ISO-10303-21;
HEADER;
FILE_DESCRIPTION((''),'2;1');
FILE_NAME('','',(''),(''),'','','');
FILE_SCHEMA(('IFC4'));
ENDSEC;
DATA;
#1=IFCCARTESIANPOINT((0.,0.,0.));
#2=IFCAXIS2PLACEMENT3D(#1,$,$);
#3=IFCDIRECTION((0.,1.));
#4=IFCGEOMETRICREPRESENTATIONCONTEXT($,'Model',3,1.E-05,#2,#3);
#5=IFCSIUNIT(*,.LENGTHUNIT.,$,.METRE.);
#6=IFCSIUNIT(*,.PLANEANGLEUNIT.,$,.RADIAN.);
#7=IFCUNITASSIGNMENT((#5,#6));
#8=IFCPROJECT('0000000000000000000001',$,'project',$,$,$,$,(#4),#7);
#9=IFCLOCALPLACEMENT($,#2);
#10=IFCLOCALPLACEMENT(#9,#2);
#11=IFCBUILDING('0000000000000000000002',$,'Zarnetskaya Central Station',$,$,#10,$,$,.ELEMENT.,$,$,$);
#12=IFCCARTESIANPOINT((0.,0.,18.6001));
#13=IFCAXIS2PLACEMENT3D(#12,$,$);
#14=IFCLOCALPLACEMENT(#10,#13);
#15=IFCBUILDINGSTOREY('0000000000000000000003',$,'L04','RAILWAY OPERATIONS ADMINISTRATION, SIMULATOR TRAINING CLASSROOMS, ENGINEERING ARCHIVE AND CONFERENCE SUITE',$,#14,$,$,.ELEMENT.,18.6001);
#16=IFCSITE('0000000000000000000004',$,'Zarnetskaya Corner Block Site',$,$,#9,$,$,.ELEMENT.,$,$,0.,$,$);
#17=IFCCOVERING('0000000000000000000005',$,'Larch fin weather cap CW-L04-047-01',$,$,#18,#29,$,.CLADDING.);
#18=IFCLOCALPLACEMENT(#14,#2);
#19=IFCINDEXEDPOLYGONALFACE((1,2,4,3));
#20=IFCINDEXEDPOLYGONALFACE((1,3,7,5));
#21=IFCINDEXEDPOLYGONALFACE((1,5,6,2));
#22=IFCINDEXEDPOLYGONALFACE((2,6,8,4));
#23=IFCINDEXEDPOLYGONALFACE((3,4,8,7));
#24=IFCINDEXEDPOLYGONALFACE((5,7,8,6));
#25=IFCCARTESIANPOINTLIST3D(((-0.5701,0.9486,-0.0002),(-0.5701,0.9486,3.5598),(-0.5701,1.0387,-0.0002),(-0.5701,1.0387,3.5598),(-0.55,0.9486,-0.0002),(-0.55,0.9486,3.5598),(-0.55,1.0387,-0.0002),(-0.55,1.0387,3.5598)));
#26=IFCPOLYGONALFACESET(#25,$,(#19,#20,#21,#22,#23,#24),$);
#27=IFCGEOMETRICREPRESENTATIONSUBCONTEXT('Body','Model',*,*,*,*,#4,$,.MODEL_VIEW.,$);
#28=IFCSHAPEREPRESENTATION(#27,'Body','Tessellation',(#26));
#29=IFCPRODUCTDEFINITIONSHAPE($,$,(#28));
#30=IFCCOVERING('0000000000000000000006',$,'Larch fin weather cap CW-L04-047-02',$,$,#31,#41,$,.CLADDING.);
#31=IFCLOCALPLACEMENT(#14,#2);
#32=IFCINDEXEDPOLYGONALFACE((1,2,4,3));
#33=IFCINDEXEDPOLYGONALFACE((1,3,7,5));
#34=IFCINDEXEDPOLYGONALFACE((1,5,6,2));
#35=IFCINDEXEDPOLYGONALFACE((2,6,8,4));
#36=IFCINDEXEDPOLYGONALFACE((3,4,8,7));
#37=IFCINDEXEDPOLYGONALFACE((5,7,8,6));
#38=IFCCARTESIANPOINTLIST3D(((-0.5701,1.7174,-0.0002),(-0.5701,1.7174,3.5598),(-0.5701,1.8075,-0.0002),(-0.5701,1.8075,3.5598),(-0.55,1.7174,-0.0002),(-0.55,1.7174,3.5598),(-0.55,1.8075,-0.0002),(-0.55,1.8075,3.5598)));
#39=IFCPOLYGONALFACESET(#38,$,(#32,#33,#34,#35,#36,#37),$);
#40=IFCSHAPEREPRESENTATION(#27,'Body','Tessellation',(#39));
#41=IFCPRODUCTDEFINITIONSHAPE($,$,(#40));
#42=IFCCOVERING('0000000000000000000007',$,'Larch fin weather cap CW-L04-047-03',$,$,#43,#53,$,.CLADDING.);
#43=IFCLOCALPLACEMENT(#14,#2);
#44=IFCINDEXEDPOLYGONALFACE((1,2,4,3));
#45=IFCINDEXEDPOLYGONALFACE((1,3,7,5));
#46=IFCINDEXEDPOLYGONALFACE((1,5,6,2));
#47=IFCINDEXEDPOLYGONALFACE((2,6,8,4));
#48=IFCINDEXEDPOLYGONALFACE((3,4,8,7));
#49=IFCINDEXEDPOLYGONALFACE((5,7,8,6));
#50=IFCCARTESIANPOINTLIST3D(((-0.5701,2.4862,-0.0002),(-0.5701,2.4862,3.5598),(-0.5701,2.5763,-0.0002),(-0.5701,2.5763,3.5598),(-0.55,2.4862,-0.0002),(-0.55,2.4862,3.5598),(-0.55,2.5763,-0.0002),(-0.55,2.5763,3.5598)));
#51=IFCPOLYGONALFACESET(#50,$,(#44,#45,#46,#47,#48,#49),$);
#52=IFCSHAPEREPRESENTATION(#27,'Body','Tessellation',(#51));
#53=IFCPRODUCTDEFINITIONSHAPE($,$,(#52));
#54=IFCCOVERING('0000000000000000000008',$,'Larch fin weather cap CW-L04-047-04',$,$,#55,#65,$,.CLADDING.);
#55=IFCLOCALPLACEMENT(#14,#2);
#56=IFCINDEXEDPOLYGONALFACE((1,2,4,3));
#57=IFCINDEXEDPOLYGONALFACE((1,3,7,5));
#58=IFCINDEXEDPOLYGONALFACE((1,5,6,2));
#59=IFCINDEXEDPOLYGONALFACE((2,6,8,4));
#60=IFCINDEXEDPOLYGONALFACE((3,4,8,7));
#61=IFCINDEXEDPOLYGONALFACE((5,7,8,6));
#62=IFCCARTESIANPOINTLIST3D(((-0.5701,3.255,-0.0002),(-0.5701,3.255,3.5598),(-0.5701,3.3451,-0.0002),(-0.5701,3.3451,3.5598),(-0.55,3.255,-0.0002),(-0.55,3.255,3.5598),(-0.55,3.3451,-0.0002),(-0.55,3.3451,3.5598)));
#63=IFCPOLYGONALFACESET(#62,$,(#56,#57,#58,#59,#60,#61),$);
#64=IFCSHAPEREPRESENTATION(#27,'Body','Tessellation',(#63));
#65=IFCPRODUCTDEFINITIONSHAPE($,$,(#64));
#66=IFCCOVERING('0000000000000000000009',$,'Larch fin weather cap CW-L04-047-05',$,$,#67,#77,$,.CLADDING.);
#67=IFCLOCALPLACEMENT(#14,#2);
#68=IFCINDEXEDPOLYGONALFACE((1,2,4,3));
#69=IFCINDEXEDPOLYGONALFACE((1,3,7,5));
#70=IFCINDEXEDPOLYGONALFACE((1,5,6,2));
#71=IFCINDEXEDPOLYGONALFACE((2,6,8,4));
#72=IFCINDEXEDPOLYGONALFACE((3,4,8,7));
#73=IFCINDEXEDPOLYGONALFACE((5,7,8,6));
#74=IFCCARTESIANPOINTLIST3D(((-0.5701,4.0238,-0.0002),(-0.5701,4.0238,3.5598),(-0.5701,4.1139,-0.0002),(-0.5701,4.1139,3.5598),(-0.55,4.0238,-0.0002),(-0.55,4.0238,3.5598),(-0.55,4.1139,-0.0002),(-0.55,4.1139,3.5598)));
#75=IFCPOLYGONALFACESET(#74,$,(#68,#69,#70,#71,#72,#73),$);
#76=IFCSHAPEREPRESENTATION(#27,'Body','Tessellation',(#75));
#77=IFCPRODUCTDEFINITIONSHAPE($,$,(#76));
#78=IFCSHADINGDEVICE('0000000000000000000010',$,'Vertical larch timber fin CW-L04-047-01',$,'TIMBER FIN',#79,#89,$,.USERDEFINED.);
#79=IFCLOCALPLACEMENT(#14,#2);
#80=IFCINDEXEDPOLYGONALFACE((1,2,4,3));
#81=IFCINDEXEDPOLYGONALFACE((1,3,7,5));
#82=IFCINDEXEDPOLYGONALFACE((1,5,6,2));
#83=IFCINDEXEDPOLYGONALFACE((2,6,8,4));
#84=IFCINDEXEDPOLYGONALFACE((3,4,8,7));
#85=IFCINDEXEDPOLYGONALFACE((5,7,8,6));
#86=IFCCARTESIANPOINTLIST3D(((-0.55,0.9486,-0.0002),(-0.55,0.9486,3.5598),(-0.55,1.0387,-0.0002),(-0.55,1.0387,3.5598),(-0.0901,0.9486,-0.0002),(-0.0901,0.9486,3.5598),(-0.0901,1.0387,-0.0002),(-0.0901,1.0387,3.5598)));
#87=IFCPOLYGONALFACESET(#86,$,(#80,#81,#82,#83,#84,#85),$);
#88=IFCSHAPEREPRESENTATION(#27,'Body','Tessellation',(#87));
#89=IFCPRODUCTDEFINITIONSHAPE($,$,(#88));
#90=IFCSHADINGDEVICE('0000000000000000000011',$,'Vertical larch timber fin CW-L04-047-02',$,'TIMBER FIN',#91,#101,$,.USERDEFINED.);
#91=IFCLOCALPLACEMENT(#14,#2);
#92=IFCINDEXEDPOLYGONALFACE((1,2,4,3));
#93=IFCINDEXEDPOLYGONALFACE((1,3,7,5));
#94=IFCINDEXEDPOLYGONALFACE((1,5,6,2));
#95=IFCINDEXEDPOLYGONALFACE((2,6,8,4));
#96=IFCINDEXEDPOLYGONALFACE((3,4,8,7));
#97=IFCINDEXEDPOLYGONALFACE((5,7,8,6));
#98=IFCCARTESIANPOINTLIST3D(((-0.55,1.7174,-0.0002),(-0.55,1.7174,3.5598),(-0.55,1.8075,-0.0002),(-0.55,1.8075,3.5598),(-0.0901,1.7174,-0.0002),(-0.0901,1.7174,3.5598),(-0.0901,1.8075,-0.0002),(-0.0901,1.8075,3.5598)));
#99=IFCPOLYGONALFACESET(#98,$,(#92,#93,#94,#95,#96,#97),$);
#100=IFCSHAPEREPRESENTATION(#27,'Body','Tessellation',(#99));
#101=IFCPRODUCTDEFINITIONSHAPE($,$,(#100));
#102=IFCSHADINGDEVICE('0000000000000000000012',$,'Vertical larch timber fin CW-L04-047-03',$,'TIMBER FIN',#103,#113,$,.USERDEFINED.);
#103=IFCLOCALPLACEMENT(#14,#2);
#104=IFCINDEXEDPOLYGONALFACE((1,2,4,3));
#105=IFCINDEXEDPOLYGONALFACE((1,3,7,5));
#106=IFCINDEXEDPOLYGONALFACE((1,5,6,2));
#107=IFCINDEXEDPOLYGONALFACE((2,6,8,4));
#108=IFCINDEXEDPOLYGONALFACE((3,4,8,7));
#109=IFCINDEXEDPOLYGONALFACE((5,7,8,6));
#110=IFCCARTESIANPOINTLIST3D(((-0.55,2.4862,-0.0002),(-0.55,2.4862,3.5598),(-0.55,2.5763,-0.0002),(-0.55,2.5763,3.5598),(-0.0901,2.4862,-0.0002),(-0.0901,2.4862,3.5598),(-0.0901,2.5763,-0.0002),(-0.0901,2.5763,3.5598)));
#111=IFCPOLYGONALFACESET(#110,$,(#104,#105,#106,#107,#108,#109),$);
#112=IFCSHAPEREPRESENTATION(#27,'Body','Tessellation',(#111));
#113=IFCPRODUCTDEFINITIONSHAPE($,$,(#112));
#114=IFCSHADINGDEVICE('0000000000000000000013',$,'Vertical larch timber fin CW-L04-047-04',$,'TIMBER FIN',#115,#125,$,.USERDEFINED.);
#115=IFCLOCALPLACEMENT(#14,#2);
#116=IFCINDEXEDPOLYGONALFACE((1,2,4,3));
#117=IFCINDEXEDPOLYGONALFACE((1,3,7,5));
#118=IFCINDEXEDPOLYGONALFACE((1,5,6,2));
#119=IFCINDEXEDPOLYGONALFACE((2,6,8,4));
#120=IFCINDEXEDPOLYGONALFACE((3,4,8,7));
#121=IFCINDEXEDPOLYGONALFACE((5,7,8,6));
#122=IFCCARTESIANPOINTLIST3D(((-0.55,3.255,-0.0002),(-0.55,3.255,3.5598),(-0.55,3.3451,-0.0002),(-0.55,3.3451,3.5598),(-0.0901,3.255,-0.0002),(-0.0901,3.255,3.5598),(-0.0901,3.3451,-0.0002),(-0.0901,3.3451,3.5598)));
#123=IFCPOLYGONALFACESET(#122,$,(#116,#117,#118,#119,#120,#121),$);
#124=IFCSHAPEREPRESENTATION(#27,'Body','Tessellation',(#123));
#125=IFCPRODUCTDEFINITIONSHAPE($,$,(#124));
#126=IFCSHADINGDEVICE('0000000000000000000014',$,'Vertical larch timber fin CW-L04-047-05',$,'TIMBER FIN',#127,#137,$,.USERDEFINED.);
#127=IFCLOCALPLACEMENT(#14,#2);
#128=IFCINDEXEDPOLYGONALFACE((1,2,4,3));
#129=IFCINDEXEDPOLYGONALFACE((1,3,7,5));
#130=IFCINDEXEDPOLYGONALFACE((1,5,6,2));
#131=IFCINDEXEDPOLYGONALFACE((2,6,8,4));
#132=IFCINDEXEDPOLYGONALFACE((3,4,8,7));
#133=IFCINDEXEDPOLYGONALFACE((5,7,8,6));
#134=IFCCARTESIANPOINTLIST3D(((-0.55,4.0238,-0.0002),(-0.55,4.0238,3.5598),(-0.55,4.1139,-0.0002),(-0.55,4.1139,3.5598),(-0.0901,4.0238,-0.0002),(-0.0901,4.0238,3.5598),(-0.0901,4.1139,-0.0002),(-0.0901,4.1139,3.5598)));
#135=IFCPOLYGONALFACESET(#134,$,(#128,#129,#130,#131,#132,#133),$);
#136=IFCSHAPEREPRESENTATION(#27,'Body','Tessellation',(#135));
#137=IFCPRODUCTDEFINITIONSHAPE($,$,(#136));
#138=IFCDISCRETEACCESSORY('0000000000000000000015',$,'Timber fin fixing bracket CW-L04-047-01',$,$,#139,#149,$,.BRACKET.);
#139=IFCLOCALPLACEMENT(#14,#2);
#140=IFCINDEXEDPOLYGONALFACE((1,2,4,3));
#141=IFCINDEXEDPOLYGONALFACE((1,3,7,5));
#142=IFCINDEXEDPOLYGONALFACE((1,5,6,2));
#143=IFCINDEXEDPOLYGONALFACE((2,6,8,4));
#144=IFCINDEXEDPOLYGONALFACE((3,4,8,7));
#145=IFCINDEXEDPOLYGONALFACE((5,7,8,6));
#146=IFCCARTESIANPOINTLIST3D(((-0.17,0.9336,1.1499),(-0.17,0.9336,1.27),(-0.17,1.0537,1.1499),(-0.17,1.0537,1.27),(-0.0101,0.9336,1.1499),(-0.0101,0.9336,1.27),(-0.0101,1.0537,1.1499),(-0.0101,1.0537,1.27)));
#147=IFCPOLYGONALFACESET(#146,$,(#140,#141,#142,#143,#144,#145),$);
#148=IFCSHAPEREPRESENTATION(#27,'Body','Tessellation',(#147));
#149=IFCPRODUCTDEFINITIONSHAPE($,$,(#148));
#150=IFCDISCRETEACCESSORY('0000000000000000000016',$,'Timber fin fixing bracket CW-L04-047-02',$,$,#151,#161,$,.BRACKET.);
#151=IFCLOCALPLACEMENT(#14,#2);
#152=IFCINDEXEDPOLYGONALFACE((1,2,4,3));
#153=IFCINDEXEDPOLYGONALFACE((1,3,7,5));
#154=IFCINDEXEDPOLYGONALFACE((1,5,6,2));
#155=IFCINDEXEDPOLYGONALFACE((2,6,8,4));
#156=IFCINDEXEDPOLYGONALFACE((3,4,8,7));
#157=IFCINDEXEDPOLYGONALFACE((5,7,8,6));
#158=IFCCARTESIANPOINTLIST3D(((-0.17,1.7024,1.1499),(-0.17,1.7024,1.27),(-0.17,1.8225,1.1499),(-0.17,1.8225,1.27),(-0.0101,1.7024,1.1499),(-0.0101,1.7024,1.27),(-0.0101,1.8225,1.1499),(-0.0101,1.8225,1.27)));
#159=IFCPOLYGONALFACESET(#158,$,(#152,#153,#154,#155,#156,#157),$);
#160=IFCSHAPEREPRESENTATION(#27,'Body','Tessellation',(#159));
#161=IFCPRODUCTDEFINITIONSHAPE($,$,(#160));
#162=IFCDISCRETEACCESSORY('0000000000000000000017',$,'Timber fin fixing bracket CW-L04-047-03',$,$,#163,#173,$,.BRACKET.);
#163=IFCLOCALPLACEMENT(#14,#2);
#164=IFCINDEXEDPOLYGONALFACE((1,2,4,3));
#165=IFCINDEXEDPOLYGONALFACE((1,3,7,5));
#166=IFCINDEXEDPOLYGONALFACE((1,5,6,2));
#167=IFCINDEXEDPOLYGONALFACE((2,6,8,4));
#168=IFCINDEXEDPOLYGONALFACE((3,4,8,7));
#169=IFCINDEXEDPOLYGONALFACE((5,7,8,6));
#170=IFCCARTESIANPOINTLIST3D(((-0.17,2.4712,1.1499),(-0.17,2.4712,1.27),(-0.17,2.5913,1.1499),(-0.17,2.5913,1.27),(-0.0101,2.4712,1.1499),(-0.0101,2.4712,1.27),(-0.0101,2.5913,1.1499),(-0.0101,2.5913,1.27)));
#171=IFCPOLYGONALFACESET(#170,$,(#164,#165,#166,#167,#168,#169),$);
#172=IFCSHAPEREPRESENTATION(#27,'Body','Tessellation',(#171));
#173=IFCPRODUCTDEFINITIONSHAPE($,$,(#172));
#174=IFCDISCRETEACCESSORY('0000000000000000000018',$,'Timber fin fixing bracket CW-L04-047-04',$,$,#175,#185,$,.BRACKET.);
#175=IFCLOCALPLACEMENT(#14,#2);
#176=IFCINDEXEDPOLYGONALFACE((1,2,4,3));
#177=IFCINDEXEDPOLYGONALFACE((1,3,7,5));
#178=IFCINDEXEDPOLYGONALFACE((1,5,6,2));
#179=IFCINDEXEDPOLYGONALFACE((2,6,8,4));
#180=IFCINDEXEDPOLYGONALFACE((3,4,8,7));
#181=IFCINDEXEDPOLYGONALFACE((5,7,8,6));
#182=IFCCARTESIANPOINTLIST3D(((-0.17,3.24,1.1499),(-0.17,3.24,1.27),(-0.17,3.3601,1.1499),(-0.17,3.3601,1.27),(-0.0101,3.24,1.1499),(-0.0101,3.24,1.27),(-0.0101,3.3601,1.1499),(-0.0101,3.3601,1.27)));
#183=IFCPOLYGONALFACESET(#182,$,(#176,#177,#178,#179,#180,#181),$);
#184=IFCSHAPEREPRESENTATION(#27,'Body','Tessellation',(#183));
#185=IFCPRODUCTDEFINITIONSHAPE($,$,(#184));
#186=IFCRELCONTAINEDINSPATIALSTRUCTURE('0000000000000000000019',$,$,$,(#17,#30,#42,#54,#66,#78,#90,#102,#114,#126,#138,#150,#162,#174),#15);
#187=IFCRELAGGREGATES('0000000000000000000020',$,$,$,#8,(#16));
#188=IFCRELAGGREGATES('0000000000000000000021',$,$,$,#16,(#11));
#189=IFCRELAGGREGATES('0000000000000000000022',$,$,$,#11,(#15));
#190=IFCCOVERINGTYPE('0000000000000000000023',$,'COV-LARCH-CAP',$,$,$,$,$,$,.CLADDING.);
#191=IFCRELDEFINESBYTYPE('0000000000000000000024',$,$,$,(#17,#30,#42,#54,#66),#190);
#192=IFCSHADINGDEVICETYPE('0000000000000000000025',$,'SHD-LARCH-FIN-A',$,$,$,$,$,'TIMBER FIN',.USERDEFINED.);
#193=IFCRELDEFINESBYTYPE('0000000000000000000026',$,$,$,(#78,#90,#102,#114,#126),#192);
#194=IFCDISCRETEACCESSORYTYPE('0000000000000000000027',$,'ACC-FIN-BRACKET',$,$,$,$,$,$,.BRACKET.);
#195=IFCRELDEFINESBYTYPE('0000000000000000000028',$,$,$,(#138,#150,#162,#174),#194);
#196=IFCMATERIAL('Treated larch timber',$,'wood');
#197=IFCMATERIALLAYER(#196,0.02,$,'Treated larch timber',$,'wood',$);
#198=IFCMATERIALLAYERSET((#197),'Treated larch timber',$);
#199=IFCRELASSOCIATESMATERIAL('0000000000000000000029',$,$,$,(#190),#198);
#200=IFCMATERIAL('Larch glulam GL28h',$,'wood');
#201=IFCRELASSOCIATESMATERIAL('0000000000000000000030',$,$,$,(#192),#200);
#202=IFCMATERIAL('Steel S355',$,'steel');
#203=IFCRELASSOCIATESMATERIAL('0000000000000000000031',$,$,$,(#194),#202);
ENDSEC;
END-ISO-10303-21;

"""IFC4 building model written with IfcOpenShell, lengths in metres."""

from ifc_helpers import new_model, si_unit, direction, frame, origin, origin_2d, place, context, subcontext, project, spatial, rectangle, extrude, material, layer, layer_set, type_object, element, save


model = new_model("IFC4")

# Units and contexts
model_context = context("Model", 3, precision=1e-05, world=origin(), true_north=direction((0.0, 1.0)))
body_context = subcontext(model_context, "Body", "Model", "MODEL_VIEW")
ifc_project = project(units=[si_unit("LENGTHUNIT", "METRE"), si_unit("PLANEANGLEUNIT", "RADIAN")], contexts=[model_context])

# Site, building, storey
site_placement = place(None, origin())
site = spatial("IfcSite", under=ifc_project, at=site_placement, Name="Zarnetskaya Corner Block Site", CompositionType="ELEMENT", RefElevation=0.0)
building_placement = place(site_placement, origin())
building = spatial("IfcBuilding", under=site, at=building_placement, Name="Zarnetskaya Central Station", CompositionType="ELEMENT")
storey_placement = place(building_placement, frame((0.0, 0.0, 18.6001)))
storey = spatial("IfcBuildingStorey", under=building, at=storey_placement, Name="L04", Description="RAILWAY OPERATIONS ADMINISTRATION, SIMULATOR TRAINING CLASSROOMS, ENGINEERING ARCHIVE AND CONFERENCE SUITE", CompositionType="ELEMENT", Elevation=18.6001)

# Shared definitions
ifc_material_1 = material(Name="Steel S355", Category="steel")

# Coverings
ifc_material_2 = material(Name="Treated larch timber", Category="wood")
ifc_layer_1 = layer(ifc_material_2, 0.02, Name="Treated larch timber", Category="wood")
ifc_layer_set_1 = layer_set([ifc_layer_1], Name="Treated larch timber")
covering_type = type_object("IfcCoveringType", Name="COV-LARCH-CAP", PredefinedType="CLADDING", material=ifc_layer_set_1)
for number, where, z_axis, x_axis, name in (
    (1, (-0.5601, 0.9937, -0.0002), (0.0, 0.0, 1.0), (0.0, 1.0, 0.0), "Larch fin weather cap CW-L04-047-01"),
    (2, (-0.5601, 1.7625, -0.0002), (0.0, 0.0, 1.0), (0.0, 1.0, 0.0), "Larch fin weather cap CW-L04-047-02"),
    (3, (-0.5601, 2.5312, -0.0002), (0.0, 0.0, 1.0), (0.0, 1.0, 0.0), "Larch fin weather cap CW-L04-047-03"),
    (4, (-0.5601, 3.3, -0.0002), (0.0, 0.0, 1.0), (0.0, 1.0, 0.0), "Larch fin weather cap CW-L04-047-04"),
    (5, (-0.5601, 4.0688, -0.0002), (0.0, 0.0, 1.0), (0.0, 1.0, 0.0), "Larch fin weather cap CW-L04-047-05"),
):
    element("IfcCovering", number, at=place(storey_placement, frame(where, z_axis=z_axis, x_axis=x_axis)), inside=storey, type_object=covering_type, Name=name, PredefinedType="CLADDING", context=body_context, shape_type="SweptSolid", body=[
        extrude(rectangle(XDim=0.0901, YDim=0.02, at=origin_2d()), origin(), (0.0, 0.0, 1.0), 3.5601),
    ])

# Shading devices
ifc_material_3 = material(Name="Larch glulam GL28h", Category="wood")
shading_device_type = type_object("IfcShadingDeviceType", Name="SHD-LARCH-FIN-A", ElementType="TIMBER FIN", PredefinedType="USERDEFINED", material=ifc_material_3)
for number, where, z_axis, x_axis, name in (
    (6, (-0.3201, 0.9937, -0.0002), (0.0, 0.0, 1.0), (0.0, 1.0, 0.0), "Vertical larch timber fin CW-L04-047-01"),
    (7, (-0.3201, 1.7625, -0.0002), (0.0, 0.0, 1.0), (0.0, 1.0, 0.0), "Vertical larch timber fin CW-L04-047-02"),
    (8, (-0.3201, 2.5312, -0.0002), (0.0, 0.0, 1.0), (0.0, 1.0, 0.0), "Vertical larch timber fin CW-L04-047-03"),
    (9, (-0.3201, 3.3, -0.0002), (0.0, 0.0, 1.0), (0.0, 1.0, 0.0), "Vertical larch timber fin CW-L04-047-04"),
    (10, (-0.3201, 4.0688, -0.0002), (0.0, 0.0, 1.0), (0.0, 1.0, 0.0), "Vertical larch timber fin CW-L04-047-05"),
):
    element("IfcShadingDevice", number, at=place(storey_placement, frame(where, z_axis=z_axis, x_axis=x_axis)), inside=storey, type_object=shading_device_type, Name=name, ObjectType="TIMBER FIN", PredefinedType="USERDEFINED", context=body_context, shape_type="SweptSolid", body=[
        extrude(rectangle(XDim=0.0901, YDim=0.46, at=origin_2d()), origin(), (0.0, 0.0, 1.0), 3.5601),
    ])

# Discrete accessories
discrete_accessory_type = type_object("IfcDiscreteAccessoryType", Name="ACC-FIN-BRACKET", PredefinedType="BRACKET", material=ifc_material_1)
for number, where, z_axis, x_axis, name in (
    (11, (-0.0901, 0.9937, 1.1499), (0.0, 0.0, 1.0), (0.0, 1.0, 0.0), "Timber fin fixing bracket CW-L04-047-01"),
    (12, (-0.0901, 1.7625, 1.1499), (0.0, 0.0, 1.0), (0.0, 1.0, 0.0), "Timber fin fixing bracket CW-L04-047-02"),
    (13, (-0.0901, 2.5312, 1.1499), (0.0, 0.0, 1.0), (0.0, 1.0, 0.0), "Timber fin fixing bracket CW-L04-047-03"),
    (14, (-0.0901, 3.3, 1.1499), (0.0, 0.0, 1.0), (0.0, 1.0, 0.0), "Timber fin fixing bracket CW-L04-047-04"),
):
    element("IfcDiscreteAccessory", number, at=place(storey_placement, frame(where, z_axis=z_axis, x_axis=x_axis)), inside=storey, type_object=discrete_accessory_type, Name=name, PredefinedType="BRACKET", context=body_context, shape_type="SweptSolid", body=[
        extrude(rectangle(XDim=0.1201, YDim=0.1599, at=origin_2d()), origin(), (0.0, 0.0, 1.0), 0.1201),
    ])

save(model, "model.ifc")
